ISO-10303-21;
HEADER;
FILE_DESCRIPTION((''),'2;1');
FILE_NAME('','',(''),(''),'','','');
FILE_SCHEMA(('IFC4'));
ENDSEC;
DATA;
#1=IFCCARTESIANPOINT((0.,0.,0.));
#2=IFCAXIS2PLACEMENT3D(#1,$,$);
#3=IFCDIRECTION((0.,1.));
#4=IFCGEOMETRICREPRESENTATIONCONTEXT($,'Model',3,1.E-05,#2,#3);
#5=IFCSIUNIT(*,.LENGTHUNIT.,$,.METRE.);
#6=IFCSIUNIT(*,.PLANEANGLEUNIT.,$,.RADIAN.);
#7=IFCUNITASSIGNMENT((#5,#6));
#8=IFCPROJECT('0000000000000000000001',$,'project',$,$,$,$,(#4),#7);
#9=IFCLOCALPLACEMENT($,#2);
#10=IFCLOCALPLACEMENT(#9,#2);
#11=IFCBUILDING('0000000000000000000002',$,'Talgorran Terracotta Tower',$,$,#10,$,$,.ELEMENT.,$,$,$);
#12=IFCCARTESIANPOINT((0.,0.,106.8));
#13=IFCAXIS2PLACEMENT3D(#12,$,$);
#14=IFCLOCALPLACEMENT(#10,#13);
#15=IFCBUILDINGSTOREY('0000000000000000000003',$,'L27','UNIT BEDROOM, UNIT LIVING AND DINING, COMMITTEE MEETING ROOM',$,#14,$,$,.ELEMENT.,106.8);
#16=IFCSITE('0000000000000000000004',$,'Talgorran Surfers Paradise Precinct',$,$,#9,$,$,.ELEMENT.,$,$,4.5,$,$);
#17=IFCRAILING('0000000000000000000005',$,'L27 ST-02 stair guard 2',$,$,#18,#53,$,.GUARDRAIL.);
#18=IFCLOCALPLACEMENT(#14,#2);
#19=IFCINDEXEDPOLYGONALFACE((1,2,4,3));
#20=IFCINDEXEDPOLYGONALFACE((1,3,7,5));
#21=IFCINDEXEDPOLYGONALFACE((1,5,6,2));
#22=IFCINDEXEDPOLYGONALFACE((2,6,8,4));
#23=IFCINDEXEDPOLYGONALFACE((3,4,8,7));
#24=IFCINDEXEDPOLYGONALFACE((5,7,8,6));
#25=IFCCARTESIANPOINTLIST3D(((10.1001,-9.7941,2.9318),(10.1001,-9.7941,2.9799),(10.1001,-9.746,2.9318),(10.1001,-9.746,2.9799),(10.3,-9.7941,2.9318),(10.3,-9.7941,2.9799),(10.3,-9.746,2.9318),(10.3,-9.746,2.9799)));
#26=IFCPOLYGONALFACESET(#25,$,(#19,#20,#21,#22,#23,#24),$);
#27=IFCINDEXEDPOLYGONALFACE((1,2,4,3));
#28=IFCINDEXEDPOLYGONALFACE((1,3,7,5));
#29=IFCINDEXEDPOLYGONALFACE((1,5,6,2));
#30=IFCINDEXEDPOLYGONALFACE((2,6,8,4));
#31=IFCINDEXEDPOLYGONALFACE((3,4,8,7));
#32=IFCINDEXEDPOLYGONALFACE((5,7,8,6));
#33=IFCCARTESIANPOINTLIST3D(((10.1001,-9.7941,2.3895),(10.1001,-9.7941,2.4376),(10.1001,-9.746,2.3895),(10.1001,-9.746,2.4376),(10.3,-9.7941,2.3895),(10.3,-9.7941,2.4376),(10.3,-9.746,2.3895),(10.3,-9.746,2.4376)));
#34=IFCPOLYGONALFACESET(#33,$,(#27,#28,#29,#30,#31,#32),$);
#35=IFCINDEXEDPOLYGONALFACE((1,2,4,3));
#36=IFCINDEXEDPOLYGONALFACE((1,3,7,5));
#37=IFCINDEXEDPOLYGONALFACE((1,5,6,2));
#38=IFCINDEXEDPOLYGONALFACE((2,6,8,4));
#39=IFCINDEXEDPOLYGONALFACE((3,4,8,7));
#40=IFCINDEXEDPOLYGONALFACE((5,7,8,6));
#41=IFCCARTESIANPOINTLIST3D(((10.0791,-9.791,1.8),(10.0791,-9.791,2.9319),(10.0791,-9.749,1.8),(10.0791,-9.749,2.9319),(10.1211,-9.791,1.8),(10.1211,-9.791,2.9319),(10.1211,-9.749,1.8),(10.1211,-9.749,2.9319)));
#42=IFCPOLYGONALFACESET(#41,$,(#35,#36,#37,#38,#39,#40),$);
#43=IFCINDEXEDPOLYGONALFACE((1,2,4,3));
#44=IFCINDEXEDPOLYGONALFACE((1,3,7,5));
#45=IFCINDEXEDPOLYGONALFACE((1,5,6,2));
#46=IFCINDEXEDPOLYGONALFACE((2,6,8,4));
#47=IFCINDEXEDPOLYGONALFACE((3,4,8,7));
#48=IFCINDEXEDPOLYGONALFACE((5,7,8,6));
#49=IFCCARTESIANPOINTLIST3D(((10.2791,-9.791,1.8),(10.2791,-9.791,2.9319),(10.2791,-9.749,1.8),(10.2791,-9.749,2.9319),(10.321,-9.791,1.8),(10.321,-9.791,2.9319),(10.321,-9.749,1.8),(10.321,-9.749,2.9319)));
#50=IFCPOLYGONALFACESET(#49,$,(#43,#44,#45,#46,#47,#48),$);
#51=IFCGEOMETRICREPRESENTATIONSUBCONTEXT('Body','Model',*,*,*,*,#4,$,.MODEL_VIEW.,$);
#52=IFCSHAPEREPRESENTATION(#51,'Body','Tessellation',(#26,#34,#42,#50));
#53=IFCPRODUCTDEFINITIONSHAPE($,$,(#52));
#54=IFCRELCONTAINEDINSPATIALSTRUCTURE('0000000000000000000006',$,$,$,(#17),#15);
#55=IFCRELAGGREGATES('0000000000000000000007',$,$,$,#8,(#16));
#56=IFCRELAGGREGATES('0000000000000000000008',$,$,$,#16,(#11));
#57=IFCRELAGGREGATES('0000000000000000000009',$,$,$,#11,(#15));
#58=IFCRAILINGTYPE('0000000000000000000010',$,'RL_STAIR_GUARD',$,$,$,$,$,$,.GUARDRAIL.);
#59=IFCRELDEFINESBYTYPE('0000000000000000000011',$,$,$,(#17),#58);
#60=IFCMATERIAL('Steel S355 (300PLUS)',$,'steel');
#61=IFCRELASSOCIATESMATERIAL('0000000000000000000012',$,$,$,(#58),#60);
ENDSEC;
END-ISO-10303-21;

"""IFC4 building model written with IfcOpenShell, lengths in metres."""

from ifc_helpers import new_model, si_unit, direction, frame, origin, origin_2d, place, context, subcontext, project, spatial, rectangle, extrude, material, type_object, element, save


model = new_model("IFC4")

# Units and contexts
model_context = context("Model", 3, precision=1e-05, world=origin(), true_north=direction((0.0, 1.0)))
body_context = subcontext(model_context, "Body", "Model", "MODEL_VIEW")
ifc_project = project(units=[si_unit("LENGTHUNIT", "METRE"), si_unit("PLANEANGLEUNIT", "RADIAN")], contexts=[model_context])

# Site, building, storey
site_placement = place(None, origin())
site = spatial("IfcSite", under=ifc_project, at=site_placement, Name="Talgorran Surfers Paradise Precinct", CompositionType="ELEMENT", RefElevation=4.5)
building_placement = place(site_placement, origin())
building = spatial("IfcBuilding", under=site, at=building_placement, Name="Talgorran Terracotta Tower", CompositionType="ELEMENT")
storey_placement = place(building_placement, frame((0.0, 0.0, 106.8)))
storey = spatial("IfcBuildingStorey", under=building, at=storey_placement, Name="L27", Description="UNIT BEDROOM, UNIT LIVING AND DINING, COMMITTEE MEETING ROOM", CompositionType="ELEMENT", Elevation=106.8)

# Shared definitions
ifc_material_1 = material(Name="Steel S355 (300PLUS)", Category="steel")

# Railing
railing_type = type_object("IfcRailingType", Name="RL_STAIR_GUARD", PredefinedType="GUARDRAIL", material=ifc_material_1)
railing_placement = place(storey_placement, frame((10.1001, -9.77, 1.8)))
element("IfcRailing", 1, at=railing_placement, inside=storey, type_object=railing_type, Name="L27 ST-02 stair guard 2", PredefinedType="GUARDRAIL", context=body_context, shape_type="SweptSolid", body=[
    extrude(rectangle(XDim=0.0481, YDim=0.0481, at=origin_2d()), frame((0.0, 0.0, 1.1558), z_axis=(1.0, 0.0, 0.0), x_axis=(0.0, 1.0, 0.0)), (0.0, 0.0, 1.0), 0.2),
    extrude(rectangle(XDim=0.0481, YDim=0.0481, at=origin_2d()), frame((0.0, 0.0, 0.6135), z_axis=(1.0, 0.0, 0.0), x_axis=(0.0, 1.0, 0.0)), (0.0, 0.0, 1.0), 0.2),
    extrude(rectangle(XDim=0.042, YDim=0.042, at=origin_2d()), origin(), (0.0, 0.0, 1.0), 1.1318),
    extrude(rectangle(XDim=0.042, YDim=0.042, at=origin_2d()), frame((0.2, 0.0, 0.0)), (0.0, 0.0, 1.0), 1.1318),
])

save(model, "model.ifc")
